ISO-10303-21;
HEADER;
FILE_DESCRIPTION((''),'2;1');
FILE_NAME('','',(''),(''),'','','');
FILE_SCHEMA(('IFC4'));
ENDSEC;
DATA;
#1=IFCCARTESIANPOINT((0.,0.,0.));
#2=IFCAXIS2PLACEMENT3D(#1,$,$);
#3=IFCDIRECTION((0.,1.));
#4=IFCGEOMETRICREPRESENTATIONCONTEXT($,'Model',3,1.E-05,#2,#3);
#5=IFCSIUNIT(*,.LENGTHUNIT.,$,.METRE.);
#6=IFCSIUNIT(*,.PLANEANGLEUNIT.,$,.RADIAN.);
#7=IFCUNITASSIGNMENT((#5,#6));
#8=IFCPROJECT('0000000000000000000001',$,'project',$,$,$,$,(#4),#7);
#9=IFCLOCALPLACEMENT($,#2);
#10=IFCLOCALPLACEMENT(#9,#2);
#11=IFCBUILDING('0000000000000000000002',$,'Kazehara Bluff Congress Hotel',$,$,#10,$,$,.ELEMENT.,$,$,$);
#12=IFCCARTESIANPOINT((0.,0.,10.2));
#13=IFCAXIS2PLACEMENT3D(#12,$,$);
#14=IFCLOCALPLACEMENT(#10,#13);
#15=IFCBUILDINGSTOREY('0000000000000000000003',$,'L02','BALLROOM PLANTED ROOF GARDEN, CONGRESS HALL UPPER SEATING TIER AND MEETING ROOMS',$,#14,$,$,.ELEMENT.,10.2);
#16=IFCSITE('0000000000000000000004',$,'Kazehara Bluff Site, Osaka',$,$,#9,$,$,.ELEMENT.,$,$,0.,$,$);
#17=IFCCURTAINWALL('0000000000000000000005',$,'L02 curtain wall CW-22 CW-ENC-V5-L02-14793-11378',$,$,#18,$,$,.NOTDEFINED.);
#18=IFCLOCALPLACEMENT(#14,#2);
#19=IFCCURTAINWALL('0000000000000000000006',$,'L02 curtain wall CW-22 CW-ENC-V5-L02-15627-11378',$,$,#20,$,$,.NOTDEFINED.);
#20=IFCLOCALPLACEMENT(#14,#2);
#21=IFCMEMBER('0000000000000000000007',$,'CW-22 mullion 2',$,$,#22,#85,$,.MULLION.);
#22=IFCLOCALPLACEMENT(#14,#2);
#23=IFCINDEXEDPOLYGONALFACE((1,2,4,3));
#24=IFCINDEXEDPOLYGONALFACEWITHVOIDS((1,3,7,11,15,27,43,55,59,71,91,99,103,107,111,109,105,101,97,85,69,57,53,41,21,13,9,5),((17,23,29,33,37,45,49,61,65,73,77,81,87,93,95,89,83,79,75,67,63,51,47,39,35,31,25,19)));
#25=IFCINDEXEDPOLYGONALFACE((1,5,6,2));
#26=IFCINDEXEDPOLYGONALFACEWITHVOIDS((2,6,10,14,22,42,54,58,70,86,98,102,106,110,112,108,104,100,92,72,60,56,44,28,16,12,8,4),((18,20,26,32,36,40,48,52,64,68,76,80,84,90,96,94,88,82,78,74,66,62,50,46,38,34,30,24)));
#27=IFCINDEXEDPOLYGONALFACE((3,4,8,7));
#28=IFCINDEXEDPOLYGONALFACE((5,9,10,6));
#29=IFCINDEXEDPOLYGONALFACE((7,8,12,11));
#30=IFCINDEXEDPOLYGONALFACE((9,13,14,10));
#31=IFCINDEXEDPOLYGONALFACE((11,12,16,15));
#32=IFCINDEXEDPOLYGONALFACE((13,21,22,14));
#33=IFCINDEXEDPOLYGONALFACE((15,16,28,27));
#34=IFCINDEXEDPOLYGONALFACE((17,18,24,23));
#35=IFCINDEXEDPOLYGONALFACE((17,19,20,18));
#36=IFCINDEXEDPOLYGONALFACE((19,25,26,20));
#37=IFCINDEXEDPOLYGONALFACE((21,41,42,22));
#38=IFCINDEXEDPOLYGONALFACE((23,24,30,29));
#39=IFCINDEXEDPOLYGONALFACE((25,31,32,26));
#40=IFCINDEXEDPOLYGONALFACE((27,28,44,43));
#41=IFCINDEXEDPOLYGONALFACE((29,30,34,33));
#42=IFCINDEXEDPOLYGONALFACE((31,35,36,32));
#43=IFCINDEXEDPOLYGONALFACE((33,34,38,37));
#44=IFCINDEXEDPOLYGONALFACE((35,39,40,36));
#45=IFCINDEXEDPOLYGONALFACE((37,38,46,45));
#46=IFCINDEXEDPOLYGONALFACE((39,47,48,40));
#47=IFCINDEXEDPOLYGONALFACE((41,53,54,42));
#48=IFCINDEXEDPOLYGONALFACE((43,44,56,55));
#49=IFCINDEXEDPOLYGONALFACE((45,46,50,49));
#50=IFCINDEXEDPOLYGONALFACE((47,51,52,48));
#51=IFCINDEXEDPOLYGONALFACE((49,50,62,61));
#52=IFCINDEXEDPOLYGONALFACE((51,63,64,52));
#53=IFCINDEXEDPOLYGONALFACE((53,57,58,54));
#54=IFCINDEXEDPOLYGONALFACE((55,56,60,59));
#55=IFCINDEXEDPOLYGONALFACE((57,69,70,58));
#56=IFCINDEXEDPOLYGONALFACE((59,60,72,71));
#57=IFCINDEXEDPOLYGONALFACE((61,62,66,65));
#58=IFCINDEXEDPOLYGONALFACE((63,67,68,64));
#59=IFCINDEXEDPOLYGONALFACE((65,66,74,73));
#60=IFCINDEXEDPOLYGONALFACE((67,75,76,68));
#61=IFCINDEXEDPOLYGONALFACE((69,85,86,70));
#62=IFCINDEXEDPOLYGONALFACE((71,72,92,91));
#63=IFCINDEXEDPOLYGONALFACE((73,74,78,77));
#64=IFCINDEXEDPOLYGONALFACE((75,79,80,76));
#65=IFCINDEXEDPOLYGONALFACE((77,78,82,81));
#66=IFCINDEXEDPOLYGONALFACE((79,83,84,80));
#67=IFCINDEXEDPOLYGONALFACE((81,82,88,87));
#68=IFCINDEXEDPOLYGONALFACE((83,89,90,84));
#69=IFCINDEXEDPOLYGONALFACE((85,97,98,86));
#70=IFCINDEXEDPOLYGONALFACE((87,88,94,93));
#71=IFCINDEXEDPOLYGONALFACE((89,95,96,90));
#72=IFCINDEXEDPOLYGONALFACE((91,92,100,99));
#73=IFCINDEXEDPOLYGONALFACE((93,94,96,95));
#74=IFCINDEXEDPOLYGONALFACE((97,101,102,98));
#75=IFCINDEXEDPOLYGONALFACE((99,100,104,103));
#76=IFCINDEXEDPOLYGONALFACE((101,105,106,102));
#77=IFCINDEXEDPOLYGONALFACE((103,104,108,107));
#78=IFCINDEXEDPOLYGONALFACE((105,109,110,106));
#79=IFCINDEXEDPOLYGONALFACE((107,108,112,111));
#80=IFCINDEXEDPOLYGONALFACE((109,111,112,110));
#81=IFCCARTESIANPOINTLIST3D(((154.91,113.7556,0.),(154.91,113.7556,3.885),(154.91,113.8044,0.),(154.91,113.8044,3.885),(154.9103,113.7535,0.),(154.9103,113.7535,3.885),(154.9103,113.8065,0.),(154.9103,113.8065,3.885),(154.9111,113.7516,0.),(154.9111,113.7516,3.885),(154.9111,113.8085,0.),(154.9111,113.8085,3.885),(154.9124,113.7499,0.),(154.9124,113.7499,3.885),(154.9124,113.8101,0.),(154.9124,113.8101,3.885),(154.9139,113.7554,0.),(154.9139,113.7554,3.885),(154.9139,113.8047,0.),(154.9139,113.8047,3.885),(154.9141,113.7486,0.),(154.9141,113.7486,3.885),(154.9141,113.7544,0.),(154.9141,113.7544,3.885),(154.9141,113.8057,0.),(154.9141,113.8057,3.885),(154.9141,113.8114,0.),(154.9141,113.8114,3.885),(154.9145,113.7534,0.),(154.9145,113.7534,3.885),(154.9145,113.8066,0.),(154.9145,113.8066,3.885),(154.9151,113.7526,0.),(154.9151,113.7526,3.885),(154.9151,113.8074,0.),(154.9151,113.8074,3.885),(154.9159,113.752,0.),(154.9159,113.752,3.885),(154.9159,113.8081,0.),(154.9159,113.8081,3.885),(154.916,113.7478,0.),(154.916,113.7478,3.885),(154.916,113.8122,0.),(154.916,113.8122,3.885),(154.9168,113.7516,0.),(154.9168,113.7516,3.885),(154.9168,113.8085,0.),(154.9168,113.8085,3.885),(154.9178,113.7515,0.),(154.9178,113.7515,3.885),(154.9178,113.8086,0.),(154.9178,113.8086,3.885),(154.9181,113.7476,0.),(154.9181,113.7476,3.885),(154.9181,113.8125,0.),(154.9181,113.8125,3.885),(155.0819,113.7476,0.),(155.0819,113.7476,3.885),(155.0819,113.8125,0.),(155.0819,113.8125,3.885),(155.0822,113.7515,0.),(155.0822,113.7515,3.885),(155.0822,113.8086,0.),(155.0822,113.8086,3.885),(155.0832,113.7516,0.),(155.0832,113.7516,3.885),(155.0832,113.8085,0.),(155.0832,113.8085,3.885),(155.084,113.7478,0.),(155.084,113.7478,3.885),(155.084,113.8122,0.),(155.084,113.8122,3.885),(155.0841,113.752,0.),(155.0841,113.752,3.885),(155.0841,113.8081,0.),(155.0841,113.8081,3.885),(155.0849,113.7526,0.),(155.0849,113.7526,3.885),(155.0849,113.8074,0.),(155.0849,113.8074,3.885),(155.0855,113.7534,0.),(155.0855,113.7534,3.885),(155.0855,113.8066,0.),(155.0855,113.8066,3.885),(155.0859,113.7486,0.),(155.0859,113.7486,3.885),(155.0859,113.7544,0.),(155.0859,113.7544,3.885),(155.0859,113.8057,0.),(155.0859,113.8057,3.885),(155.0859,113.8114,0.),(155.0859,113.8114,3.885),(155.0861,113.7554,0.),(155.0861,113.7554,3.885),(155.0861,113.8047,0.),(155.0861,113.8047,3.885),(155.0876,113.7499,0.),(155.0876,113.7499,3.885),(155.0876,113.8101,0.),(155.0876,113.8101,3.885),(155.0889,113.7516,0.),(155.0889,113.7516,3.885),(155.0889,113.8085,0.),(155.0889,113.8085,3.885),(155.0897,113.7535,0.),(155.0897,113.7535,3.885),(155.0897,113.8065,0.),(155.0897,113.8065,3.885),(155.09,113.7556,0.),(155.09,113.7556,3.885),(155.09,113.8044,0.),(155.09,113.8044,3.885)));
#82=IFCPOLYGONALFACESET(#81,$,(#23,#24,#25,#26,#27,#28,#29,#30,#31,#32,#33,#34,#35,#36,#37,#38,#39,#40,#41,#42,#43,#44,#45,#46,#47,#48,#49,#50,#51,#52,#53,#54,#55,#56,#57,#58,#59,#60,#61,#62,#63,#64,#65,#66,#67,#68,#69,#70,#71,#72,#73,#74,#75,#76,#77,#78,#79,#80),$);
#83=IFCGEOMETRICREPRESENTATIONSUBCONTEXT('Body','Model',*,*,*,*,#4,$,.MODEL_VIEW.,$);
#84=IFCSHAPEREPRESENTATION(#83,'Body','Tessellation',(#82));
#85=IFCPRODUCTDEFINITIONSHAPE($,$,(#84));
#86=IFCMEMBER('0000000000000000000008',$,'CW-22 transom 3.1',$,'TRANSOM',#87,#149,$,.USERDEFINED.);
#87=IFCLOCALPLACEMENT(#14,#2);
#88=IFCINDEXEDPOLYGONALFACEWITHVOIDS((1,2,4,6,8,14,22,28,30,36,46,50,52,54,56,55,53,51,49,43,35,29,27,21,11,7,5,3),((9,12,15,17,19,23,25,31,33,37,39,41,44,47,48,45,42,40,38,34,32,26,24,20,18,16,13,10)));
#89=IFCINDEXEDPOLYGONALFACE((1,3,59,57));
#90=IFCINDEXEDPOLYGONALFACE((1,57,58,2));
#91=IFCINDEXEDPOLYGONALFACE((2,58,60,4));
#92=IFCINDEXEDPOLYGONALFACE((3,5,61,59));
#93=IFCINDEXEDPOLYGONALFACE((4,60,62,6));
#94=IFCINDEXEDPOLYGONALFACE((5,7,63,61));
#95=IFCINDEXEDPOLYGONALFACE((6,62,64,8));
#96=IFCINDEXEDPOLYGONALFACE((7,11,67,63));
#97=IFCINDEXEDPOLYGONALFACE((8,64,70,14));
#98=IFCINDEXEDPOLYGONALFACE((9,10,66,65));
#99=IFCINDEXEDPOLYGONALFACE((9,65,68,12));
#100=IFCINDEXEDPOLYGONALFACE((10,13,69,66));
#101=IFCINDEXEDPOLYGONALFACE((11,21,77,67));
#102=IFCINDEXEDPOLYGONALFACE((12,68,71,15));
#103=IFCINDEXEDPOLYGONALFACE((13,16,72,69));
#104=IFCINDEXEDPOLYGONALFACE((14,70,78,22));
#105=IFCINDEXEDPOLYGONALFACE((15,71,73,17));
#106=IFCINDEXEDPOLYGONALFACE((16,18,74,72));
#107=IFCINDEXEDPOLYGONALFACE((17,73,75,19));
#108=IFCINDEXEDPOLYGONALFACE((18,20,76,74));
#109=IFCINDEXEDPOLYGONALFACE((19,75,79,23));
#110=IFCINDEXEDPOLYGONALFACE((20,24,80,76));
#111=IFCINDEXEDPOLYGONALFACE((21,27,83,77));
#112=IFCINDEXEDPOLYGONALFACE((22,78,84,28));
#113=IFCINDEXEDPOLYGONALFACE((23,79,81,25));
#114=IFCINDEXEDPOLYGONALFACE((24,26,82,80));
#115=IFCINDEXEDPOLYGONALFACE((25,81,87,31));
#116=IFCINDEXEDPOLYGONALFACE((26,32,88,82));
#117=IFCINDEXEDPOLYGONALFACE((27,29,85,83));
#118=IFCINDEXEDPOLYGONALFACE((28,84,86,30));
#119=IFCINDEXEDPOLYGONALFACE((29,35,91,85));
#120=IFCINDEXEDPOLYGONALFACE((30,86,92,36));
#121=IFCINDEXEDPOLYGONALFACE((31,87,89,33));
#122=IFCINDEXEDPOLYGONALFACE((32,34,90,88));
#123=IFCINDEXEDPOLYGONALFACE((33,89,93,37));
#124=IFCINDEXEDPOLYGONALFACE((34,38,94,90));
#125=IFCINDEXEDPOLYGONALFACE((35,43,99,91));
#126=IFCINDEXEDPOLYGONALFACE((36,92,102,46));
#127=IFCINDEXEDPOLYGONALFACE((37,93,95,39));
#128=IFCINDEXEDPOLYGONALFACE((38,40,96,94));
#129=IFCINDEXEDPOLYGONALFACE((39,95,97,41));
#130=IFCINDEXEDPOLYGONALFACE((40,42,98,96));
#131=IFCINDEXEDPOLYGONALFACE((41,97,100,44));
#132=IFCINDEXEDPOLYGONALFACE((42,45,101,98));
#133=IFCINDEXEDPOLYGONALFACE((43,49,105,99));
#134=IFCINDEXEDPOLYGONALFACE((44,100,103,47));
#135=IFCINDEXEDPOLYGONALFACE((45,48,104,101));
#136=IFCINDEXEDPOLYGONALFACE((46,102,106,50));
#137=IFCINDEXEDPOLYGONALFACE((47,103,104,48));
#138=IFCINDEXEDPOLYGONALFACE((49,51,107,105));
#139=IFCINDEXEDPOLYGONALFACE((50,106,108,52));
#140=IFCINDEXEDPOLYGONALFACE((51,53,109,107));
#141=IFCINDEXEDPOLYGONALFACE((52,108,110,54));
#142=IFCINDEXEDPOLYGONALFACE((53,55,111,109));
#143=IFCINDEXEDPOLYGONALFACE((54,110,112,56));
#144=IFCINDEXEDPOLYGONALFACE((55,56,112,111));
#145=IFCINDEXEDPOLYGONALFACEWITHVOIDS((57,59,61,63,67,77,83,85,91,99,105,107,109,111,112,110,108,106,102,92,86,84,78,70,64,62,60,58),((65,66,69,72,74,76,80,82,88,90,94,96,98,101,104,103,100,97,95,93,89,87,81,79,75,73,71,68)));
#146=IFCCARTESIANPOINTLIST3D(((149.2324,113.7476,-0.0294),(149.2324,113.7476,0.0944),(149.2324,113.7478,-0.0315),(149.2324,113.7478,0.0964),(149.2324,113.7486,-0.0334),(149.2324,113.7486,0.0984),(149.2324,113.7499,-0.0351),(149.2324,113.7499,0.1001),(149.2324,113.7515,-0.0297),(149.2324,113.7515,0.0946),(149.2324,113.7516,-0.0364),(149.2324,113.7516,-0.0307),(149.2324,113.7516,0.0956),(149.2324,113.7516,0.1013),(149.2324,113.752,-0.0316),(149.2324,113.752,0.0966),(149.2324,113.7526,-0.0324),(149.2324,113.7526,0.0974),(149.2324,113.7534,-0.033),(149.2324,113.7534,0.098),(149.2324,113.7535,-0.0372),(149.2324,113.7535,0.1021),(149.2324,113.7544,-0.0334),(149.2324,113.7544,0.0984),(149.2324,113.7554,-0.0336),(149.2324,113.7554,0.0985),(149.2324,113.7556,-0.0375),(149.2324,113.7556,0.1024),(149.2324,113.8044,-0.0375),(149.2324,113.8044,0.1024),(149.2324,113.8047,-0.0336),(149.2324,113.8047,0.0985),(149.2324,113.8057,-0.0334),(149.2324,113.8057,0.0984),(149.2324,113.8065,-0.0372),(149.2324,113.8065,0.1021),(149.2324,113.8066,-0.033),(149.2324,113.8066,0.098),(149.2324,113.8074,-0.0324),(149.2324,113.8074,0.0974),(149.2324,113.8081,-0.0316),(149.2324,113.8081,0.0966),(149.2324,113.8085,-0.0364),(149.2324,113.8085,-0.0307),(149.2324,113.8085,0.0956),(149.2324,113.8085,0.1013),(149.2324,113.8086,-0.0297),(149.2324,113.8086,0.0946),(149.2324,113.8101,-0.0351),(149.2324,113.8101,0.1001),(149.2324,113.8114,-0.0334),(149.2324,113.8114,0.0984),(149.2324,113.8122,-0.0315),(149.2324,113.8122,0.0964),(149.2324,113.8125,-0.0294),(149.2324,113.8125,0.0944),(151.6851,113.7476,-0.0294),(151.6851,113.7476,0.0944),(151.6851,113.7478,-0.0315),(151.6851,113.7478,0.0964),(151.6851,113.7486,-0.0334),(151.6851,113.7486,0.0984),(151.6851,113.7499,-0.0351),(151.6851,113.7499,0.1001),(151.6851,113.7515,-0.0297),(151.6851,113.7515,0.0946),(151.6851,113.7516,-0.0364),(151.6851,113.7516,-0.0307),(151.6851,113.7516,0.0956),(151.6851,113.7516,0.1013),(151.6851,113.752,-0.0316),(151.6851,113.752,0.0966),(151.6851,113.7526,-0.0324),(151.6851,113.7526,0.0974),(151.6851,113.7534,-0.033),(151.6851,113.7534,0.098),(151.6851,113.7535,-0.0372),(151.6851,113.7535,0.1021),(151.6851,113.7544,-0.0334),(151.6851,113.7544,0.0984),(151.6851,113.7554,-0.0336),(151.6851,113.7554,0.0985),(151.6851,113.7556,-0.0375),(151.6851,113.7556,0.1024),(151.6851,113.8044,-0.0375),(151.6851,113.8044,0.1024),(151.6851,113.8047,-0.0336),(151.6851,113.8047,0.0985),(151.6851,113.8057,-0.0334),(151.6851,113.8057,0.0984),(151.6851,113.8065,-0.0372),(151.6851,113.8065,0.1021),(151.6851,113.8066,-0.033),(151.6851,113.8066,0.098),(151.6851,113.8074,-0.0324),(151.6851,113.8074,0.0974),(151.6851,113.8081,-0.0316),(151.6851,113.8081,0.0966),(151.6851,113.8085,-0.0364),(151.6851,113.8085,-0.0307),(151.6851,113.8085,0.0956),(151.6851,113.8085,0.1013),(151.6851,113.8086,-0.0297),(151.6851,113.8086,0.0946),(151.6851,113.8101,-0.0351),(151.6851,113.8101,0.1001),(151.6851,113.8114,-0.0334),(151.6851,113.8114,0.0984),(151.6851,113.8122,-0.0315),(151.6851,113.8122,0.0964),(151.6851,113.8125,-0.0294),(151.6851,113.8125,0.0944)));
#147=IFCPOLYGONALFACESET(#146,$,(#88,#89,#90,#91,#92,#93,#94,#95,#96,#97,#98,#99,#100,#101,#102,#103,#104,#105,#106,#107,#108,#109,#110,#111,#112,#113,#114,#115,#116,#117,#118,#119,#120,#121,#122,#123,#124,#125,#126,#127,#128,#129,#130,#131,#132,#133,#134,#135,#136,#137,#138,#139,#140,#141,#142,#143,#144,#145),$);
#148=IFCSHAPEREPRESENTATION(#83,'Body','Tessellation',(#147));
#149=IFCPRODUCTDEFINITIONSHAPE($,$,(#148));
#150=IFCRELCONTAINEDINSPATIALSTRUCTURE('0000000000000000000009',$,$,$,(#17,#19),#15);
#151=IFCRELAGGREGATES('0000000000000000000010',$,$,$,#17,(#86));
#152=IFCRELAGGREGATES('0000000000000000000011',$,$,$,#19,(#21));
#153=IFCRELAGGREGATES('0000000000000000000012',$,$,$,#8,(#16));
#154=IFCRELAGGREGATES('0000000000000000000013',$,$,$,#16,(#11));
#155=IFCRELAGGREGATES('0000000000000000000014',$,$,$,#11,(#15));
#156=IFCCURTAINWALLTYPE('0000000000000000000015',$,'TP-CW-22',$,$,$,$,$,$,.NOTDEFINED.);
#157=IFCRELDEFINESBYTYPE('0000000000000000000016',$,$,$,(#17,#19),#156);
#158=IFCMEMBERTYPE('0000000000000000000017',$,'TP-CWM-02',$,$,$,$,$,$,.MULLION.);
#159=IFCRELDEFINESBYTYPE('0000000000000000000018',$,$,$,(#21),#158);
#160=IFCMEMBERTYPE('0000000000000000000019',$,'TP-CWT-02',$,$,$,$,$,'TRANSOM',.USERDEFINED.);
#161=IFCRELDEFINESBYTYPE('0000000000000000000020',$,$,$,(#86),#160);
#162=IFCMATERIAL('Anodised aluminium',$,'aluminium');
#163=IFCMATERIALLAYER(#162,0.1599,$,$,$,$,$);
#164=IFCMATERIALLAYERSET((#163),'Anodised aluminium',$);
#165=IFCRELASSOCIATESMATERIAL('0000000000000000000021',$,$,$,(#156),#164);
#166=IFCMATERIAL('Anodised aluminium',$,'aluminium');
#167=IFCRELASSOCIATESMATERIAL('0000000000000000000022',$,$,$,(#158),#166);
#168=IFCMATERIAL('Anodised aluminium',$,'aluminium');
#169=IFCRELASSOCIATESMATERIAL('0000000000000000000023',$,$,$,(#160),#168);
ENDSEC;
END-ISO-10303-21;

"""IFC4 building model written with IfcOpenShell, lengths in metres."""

from ifc_helpers import new_model, si_unit, direction, frame, origin, origin_2d, place, context, subcontext, project, spatial, hollow_rectangle, extrude, material, layer, layer_set, material_profile, profile_set, type_object, element, aggregate, save


model = new_model("IFC4")

# Units and contexts
model_context = context("Model", 3, precision=1e-05, world=origin(), true_north=direction((0.0, 1.0)))
body_context = subcontext(model_context, "Body", "Model", "MODEL_VIEW")
ifc_project = project(units=[si_unit("LENGTHUNIT", "METRE"), si_unit("PLANEANGLEUNIT", "RADIAN")], contexts=[model_context])

# Site, building, storey
site_placement = place(None, origin())
site = spatial("IfcSite", under=ifc_project, at=site_placement, Name="Kazehara Bluff Site, Osaka", CompositionType="ELEMENT", RefElevation=0.0)
building_placement = place(site_placement, origin())
building = spatial("IfcBuilding", under=site, at=building_placement, Name="Kazehara Bluff Congress Hotel", CompositionType="ELEMENT")
storey_placement = place(building_placement, frame((0.0, 0.0, 10.2)))
storey = spatial("IfcBuildingStorey", under=building, at=storey_placement, Name="L02", Description="BALLROOM PLANTED ROOF GARDEN, CONGRESS HALL UPPER SEATING TIER AND MEETING ROOMS", CompositionType="ELEMENT", Elevation=10.2)

# Curtain walls, member
ifc_material_1 = material(Name="Anodised aluminium", Category="aluminium")
ifc_layer_1 = layer(ifc_material_1, 0.1599)
ifc_layer_set_1 = layer_set([ifc_layer_1], Name="Anodised aluminium")
curtain_wall_type = type_object("IfcCurtainWallType", Name="TP-CW-22", PredefinedType="NOTDEFINED", material=ifc_layer_set_1)
curtain_wall_1_placement = place(storey_placement, origin())
curtain_wall_1 = element("IfcCurtainWall", 1, at=curtain_wall_1_placement, inside=storey, type_object=curtain_wall_type, Name="L02 curtain wall CW-22 CW-ENC-V5-L02-14793-11378", PredefinedType="NOTDEFINED")
ifc_material_2 = material(Name="Anodised aluminium", Category="aluminium")
ifc_material_profile_1 = material_profile(ifc_material_2, hollow_rectangle(XDim=0.0649, YDim=0.1799, WallThickness=0.0039, InnerFilletRadius=0.0039, OuterFilletRadius=0.0081, at=origin_2d()))
ifc_profile_set_1 = profile_set([ifc_material_profile_1], Name="Anodised aluminium")
member_type_1 = type_object("IfcMemberType", Name="TP-CWM-02", PredefinedType="MULLION", material=ifc_profile_set_1)
curtain_wall_2_placement = place(storey_placement, origin())
curtain_wall_2 = element("IfcCurtainWall", 2, at=curtain_wall_2_placement, inside=storey, type_object=curtain_wall_type, Name="L02 curtain wall CW-22 CW-ENC-V5-L02-15627-11378", PredefinedType="NOTDEFINED")
member_1_placement = place(storey_placement, frame((155.0, 113.78, 0.0), z_axis=(0.0, 0.0, 1.0), x_axis=(0.0, 1.0, 0.0)))
member_1 = element("IfcMember", 3, at=member_1_placement, type_object=member_type_1, Name="CW-22 mullion 2", PredefinedType="MULLION", context=body_context, shape_type="SweptSolid", body=[
    extrude(hollow_rectangle(XDim=0.0649, YDim=0.1799, WallThickness=0.0039, InnerFilletRadius=0.0039, OuterFilletRadius=0.0081, at=origin_2d()), origin(), (0.0, 0.0, 1.0), 3.885),
])

# Member
ifc_material_3 = material(Name="Anodised aluminium", Category="aluminium")
ifc_material_profile_2 = material_profile(ifc_material_3, hollow_rectangle(XDim=0.0649, YDim=0.1399, WallThickness=0.0039, InnerFilletRadius=0.0039, OuterFilletRadius=0.0081, at=origin_2d()))
ifc_profile_set_2 = profile_set([ifc_material_profile_2], Name="Anodised aluminium")
member_type_2 = type_object("IfcMemberType", Name="TP-CWT-02", ElementType="TRANSOM", PredefinedType="USERDEFINED", material=ifc_profile_set_2)
member_2_placement = place(storey_placement, frame((149.2324, 113.78, 0.0325), z_axis=(1.0, 0.0, 0.0), x_axis=(0.0, 1.0, 0.0)))
member_2 = element("IfcMember", 4, at=member_2_placement, type_object=member_type_2, Name="CW-22 transom 3.1", ObjectType="TRANSOM", PredefinedType="USERDEFINED", context=body_context, shape_type="SweptSolid", body=[
    extrude(hollow_rectangle(XDim=0.0649, YDim=0.1399, WallThickness=0.0039, InnerFilletRadius=0.0039, OuterFilletRadius=0.0081, at=origin_2d()), origin(), (0.0, 0.0, 1.0), 2.4526),
])

aggregate(curtain_wall_1, [member_2])
aggregate(curtain_wall_2, [member_1])

save(model, "model.ifc")
